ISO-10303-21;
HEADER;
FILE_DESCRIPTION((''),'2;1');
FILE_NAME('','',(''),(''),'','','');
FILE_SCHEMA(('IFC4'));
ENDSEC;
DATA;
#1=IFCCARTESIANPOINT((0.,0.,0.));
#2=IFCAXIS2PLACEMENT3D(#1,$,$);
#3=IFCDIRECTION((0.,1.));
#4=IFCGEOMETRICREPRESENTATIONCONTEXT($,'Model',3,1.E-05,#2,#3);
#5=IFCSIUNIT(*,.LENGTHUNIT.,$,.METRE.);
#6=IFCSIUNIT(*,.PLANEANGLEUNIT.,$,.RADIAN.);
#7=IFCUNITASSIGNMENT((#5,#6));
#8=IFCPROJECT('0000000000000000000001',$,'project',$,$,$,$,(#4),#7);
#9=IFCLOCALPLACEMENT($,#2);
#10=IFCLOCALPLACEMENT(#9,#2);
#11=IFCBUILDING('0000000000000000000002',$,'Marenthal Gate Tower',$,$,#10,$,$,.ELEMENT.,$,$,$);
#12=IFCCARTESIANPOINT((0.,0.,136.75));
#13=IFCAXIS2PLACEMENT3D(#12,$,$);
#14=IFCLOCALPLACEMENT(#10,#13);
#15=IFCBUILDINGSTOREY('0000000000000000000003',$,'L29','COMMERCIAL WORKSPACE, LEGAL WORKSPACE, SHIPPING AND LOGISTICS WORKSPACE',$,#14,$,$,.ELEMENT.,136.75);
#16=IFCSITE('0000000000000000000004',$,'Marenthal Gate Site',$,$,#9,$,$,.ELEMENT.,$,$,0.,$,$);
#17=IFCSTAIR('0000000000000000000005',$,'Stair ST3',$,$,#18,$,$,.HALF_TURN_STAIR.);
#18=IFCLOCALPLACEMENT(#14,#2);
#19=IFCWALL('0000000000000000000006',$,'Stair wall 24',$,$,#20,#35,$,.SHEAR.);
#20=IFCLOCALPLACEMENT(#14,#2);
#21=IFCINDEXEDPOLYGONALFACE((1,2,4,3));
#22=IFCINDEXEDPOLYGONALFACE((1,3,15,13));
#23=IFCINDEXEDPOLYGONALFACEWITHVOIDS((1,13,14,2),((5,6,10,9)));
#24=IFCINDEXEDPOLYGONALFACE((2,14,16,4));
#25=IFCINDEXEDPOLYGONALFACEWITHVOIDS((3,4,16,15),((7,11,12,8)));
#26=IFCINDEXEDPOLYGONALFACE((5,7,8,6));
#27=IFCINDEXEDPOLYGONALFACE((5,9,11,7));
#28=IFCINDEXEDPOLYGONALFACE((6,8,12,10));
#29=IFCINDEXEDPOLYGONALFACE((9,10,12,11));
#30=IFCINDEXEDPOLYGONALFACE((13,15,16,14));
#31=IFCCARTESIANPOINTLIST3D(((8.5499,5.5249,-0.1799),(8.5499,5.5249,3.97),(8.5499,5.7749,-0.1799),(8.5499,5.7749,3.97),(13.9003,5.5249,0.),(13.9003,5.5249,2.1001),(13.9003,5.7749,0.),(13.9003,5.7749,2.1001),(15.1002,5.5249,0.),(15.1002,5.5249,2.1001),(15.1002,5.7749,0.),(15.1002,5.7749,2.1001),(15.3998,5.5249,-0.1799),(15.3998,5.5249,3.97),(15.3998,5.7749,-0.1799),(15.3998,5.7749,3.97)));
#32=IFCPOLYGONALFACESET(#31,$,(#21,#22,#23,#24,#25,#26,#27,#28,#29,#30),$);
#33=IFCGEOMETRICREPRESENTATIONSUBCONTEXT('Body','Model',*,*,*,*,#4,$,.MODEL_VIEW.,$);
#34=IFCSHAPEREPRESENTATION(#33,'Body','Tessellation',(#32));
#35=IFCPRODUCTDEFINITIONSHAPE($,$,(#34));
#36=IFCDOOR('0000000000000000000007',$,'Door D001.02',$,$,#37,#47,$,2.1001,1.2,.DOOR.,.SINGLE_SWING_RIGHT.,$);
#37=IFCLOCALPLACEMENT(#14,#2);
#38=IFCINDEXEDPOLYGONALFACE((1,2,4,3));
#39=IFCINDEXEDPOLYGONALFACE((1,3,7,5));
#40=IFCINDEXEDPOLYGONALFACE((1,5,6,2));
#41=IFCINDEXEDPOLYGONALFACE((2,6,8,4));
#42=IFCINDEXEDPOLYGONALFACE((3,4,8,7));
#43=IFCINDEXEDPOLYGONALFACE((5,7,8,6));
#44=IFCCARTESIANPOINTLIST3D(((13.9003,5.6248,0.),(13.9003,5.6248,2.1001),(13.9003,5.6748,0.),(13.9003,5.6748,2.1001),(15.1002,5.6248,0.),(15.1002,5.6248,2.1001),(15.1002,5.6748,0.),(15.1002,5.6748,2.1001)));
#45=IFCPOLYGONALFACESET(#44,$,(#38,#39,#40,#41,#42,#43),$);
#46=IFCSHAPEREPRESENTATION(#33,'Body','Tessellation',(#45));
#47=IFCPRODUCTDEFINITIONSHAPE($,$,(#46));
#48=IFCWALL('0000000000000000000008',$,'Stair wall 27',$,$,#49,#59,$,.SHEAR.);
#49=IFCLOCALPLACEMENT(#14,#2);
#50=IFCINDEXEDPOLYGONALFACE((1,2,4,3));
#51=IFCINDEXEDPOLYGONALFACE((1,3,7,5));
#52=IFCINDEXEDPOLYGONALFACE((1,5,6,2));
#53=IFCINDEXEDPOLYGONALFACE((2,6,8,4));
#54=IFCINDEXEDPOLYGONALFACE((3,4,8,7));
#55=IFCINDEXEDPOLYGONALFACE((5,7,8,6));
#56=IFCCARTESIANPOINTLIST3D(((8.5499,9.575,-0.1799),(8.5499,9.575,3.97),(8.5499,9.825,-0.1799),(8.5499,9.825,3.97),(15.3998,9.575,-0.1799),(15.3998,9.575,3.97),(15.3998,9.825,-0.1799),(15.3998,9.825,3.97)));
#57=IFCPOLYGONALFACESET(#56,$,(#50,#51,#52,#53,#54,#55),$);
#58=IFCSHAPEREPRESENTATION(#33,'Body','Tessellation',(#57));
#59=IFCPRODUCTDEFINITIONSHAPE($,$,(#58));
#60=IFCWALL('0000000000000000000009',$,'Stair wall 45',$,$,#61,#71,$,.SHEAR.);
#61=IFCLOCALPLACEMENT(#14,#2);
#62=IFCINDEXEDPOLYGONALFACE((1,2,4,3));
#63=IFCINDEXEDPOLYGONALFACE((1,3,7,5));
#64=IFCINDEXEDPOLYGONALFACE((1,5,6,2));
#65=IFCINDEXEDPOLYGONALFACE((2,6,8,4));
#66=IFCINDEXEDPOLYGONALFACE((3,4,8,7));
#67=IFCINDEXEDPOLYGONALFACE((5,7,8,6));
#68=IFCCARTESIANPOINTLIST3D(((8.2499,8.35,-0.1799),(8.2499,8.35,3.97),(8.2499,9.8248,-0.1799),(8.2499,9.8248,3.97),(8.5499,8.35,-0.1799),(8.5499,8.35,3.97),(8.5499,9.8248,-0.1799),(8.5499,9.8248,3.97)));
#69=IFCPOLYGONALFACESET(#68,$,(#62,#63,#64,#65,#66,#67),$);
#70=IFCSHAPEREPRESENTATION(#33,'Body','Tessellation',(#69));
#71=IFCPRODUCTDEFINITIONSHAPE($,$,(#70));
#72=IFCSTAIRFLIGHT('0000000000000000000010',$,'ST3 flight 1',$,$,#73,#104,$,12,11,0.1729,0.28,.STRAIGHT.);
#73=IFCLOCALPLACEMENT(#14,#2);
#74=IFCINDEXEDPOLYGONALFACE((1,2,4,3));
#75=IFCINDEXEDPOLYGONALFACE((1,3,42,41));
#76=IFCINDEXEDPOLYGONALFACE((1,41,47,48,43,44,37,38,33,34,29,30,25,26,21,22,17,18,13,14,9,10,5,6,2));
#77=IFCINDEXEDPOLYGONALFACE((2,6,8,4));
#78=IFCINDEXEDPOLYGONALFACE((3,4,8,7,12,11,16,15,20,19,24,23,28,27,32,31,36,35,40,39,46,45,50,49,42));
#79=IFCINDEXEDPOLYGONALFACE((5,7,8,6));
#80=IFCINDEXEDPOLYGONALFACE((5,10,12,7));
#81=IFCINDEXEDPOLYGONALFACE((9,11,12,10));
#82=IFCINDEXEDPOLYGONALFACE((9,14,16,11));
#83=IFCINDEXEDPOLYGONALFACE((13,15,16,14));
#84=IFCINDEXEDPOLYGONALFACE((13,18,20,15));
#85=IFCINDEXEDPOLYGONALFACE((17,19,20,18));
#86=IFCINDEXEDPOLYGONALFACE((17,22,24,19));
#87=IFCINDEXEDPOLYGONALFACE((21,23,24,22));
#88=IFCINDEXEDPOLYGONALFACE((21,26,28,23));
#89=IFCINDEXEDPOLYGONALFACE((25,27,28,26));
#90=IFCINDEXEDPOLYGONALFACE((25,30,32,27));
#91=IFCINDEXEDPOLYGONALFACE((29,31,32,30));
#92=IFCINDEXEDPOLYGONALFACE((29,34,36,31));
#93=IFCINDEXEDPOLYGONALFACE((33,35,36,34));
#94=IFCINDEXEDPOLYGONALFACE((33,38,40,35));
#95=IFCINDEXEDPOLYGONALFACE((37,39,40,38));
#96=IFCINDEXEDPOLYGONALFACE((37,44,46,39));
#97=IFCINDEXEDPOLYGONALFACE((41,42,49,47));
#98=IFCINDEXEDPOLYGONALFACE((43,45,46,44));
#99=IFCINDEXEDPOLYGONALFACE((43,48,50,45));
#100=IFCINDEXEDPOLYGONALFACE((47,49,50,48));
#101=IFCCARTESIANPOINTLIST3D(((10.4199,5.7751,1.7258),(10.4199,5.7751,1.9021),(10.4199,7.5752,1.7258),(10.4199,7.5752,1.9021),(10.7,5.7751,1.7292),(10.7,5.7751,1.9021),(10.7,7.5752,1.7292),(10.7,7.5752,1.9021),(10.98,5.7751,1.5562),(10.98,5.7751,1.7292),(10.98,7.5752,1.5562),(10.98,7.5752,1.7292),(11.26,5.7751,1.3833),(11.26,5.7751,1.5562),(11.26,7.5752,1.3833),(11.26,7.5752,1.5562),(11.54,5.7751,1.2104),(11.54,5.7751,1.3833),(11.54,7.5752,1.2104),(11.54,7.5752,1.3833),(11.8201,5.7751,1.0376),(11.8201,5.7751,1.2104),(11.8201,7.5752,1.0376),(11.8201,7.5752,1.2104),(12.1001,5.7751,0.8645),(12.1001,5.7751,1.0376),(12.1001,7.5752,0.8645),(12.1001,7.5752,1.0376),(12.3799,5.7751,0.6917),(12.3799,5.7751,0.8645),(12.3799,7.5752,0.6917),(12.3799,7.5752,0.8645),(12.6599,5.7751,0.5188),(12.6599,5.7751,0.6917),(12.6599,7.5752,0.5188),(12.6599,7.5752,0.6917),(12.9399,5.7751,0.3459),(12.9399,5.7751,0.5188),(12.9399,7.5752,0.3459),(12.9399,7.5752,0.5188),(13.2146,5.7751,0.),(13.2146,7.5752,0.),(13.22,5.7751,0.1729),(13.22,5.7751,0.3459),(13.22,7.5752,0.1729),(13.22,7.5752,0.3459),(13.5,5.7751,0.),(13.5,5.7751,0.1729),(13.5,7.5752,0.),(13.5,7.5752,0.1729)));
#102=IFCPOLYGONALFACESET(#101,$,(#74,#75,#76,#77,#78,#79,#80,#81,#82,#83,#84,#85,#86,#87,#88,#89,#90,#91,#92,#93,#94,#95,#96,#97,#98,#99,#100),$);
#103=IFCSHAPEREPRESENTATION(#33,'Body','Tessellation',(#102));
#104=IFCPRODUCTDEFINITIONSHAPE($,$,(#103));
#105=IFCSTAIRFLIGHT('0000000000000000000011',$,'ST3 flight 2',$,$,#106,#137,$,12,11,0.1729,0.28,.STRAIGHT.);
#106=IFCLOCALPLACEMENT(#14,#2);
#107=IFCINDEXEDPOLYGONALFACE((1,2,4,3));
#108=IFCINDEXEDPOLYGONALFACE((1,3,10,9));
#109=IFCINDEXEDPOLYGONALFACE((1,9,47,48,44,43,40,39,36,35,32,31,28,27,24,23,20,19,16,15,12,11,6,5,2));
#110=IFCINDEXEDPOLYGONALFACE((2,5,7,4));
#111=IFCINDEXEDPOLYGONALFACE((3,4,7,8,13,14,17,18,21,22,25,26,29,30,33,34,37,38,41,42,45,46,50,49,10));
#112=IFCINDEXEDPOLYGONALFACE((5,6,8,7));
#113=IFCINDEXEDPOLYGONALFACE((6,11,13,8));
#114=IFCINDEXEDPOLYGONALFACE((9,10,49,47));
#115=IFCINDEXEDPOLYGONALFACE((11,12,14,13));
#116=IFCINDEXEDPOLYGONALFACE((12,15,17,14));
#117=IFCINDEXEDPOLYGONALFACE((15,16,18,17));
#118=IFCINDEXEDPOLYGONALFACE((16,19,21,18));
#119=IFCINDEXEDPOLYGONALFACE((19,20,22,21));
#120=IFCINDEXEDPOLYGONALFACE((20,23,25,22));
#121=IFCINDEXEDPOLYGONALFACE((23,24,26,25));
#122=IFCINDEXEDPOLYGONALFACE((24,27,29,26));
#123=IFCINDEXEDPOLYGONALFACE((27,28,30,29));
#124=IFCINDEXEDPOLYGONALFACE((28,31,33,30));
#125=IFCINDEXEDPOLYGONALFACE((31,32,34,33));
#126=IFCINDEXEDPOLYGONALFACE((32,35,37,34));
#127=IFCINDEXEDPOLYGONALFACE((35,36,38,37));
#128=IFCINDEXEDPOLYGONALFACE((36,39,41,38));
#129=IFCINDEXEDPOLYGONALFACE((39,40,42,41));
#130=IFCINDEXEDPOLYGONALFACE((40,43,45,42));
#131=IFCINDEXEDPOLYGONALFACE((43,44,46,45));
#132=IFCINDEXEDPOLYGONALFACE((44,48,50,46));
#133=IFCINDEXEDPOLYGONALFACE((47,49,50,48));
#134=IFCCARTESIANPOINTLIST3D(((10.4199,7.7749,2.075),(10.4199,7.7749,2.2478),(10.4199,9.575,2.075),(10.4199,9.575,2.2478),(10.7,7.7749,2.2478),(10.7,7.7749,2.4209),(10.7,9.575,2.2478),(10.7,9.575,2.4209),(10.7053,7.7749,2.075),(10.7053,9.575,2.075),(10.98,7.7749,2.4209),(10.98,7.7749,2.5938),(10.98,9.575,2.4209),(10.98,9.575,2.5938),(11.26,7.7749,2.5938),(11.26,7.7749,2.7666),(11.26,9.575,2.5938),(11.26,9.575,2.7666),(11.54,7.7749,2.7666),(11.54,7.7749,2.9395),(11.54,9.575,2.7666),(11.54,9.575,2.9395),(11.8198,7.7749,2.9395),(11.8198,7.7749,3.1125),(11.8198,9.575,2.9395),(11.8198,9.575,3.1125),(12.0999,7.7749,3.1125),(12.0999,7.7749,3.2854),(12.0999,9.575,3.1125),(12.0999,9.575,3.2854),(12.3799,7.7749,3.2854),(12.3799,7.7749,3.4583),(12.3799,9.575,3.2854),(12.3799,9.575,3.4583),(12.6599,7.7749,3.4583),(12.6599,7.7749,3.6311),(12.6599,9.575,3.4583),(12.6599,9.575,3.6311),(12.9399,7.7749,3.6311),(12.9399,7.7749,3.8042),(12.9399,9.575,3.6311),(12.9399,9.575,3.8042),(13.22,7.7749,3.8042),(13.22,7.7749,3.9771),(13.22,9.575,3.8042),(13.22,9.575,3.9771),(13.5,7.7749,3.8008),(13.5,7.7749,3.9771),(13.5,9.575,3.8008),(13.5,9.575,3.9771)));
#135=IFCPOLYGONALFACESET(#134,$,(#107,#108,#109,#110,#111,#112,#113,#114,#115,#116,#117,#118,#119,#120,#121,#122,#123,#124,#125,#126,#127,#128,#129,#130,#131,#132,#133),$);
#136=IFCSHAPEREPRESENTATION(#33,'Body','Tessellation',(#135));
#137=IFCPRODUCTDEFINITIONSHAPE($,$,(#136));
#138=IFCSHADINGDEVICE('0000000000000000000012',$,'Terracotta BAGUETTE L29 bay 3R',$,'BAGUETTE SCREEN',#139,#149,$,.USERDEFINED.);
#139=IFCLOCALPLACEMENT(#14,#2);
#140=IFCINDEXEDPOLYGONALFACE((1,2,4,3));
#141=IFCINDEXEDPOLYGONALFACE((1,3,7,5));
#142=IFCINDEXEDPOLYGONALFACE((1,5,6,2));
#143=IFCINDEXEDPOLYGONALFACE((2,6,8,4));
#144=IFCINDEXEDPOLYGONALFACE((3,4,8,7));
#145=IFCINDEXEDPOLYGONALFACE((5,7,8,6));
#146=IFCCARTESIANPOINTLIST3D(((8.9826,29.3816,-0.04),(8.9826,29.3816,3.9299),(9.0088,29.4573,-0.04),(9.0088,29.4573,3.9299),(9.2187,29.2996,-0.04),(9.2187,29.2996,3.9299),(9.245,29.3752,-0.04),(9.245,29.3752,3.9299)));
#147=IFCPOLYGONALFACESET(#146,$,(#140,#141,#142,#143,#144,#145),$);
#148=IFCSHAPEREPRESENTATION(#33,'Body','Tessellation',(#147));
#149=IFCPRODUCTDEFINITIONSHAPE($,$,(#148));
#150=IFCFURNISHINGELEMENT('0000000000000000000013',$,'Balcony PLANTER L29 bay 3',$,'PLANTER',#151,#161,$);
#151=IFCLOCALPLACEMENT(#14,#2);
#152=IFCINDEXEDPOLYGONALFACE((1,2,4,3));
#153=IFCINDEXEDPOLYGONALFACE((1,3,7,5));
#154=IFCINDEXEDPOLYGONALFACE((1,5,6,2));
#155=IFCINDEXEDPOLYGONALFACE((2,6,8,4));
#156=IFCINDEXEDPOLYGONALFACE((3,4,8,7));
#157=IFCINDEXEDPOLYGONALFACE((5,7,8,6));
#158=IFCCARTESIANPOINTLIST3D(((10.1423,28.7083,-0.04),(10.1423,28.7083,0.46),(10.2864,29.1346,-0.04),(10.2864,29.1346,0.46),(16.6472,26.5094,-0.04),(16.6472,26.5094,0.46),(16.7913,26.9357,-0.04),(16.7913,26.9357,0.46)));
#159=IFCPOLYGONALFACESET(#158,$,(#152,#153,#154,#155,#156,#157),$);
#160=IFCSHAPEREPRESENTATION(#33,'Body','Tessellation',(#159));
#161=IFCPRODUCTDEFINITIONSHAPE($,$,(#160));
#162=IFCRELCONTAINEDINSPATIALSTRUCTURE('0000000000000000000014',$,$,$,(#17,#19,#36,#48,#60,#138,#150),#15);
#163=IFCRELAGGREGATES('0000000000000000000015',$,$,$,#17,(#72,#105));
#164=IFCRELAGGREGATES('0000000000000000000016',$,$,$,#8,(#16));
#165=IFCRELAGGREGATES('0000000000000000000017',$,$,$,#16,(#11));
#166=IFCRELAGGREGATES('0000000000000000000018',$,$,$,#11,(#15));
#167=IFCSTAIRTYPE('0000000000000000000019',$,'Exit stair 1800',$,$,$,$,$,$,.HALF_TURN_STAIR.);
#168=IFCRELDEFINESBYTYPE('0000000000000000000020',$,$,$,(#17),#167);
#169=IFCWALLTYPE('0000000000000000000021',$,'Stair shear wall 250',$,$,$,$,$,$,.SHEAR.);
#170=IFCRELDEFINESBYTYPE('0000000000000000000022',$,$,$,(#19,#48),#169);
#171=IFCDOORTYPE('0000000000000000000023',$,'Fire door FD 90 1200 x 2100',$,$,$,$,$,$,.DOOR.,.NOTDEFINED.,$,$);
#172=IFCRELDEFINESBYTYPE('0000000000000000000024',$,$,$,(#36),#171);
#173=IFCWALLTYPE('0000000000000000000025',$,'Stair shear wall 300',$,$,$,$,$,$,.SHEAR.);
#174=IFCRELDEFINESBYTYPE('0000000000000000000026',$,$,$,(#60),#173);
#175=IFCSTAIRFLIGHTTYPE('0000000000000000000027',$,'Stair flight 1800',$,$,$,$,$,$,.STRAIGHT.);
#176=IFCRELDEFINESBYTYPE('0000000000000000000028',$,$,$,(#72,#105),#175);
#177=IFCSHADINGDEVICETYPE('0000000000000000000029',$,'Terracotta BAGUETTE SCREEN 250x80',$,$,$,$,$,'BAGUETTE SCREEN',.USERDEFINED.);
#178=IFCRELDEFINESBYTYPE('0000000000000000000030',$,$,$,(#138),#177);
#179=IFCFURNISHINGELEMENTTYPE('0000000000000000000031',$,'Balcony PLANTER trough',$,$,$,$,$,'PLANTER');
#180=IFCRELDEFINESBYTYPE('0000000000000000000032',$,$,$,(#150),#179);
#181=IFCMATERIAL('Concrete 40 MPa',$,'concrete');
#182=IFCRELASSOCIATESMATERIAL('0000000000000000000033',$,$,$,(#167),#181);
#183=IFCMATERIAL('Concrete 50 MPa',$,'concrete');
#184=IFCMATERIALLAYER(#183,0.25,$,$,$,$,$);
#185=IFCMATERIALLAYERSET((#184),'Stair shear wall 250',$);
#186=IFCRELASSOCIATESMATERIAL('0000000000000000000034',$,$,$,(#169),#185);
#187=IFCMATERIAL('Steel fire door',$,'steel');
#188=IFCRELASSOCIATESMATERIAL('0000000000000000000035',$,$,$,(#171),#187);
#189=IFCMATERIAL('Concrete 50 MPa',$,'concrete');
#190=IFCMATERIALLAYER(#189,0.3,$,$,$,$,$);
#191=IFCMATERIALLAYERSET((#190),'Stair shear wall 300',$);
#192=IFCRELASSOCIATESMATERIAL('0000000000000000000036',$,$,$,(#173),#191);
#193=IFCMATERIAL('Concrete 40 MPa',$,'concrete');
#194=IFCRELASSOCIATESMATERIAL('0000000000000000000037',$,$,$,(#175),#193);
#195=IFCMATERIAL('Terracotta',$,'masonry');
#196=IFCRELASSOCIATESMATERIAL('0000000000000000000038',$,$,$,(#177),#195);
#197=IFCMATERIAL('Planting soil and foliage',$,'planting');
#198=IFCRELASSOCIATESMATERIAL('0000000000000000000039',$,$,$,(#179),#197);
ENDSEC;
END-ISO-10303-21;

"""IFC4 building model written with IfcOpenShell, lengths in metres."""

from ifc_helpers import new_model, si_unit, direction, frame, frame_2d, origin, origin_2d, place, context, subcontext, project, spatial, polyline, rectangle, outline, extrude, material, layer, layer_set, material_profile, profile_set, type_object, element, fill, aggregate, save


model = new_model("IFC4")

# Units and contexts
model_context = context("Model", 3, precision=1e-05, world=origin(), true_north=direction((0.0, 1.0)))
body_context = subcontext(model_context, "Body", "Model", "MODEL_VIEW")
ifc_project = project(units=[si_unit("LENGTHUNIT", "METRE"), si_unit("PLANEANGLEUNIT", "RADIAN")], contexts=[model_context])

# Site, building, storey
site_placement = place(None, origin())
site = spatial("IfcSite", under=ifc_project, at=site_placement, Name="Marenthal Gate Site", CompositionType="ELEMENT", RefElevation=0.0)
building_placement = place(site_placement, origin())
building = spatial("IfcBuilding", under=site, at=building_placement, Name="Marenthal Gate Tower", CompositionType="ELEMENT")
storey_placement = place(building_placement, frame((0.0, 0.0, 136.75)))
storey = spatial("IfcBuildingStorey", under=building, at=storey_placement, Name="L29", Description="COMMERCIAL WORKSPACE, LEGAL WORKSPACE, SHIPPING AND LOGISTICS WORKSPACE", CompositionType="ELEMENT", Elevation=136.75)

# Stair
ifc_material_1 = material(Name="Concrete 40 MPa", Category="concrete")
stair_type = type_object("IfcStairType", Name="Exit stair 1800", PredefinedType="HALF_TURN_STAIR", material=ifc_material_1)
stair_1_placement = place(storey_placement, origin())
stair_1 = element("IfcStair", 1, at=stair_1_placement, inside=storey, type_object=stair_type, Name="Stair ST3", PredefinedType="HALF_TURN_STAIR")

# Wall, opening, door
ifc_material_2 = material(Name="Concrete 50 MPa", Category="concrete")
ifc_layer_1 = layer(ifc_material_2, 0.25)
ifc_layer_set_1 = layer_set([ifc_layer_1], Name="Stair shear wall 250")
wall_type_1 = type_object("IfcWallType", Name="Stair shear wall 250", PredefinedType="SHEAR", material=ifc_layer_set_1)
wall_1_placement = place(storey_placement, frame((8.55, 5.6499, -0.1799), z_axis=(0.0, 0.0, 1.0), x_axis=(1.0, 0.0, 0.0)))
wall_1 = element("IfcWall", 2, at=wall_1_placement, inside=storey, type_object=wall_type_1, Name="Stair wall 24", PredefinedType="SHEAR", context=body_context, shape_type="SweptSolid", body=[
    extrude(rectangle(XDim=6.8499, YDim=0.25, at=frame_2d((3.4248, 0.0))), origin(), (0.0, 0.0, 1.0), 4.1499),
])
opening_1_placement = place(wall_1_placement, frame((5.3501, 0.0, 0.1799)))
opening_1 = element("IfcOpeningElement", 3, at=opening_1_placement, cuts=wall_1, PredefinedType="OPENING", context=body_context, shape_type="SweptSolid", body=[
    extrude(rectangle(XDim=1.2, YDim=2.1001, at=frame_2d((0.6001, 1.05))), frame((0.0, 0.135, 0.0), z_axis=(0.0, -1.0, 0.0), x_axis=(1.0, 0.0, 0.0)), (0.0, 0.0, 1.0), 0.27),
])
ifc_material_3 = material(Name="Steel fire door", Category="steel")
door_type_1 = type_object("IfcDoorType", Name="Fire door FD 90 1200 x 2100", OperationType="NOTDEFINED", PredefinedType="DOOR", material=ifc_material_3)
door_1_placement = place(opening_1_placement, origin())
door_1 = element("IfcDoor", 4, at=door_1_placement, inside=storey, type_object=door_type_1, Name="Door D001.02", OperationType="SINGLE_SWING_RIGHT", OverallHeight=2.1001, OverallWidth=1.2, PredefinedType="DOOR", context=body_context, shape_type="SweptSolid", body=[
    extrude(rectangle(XDim=1.2, YDim=2.1001, at=frame_2d((0.6001, 1.05))), frame((0.0, 0.0249, 0.0), z_axis=(0.0, -1.0, 0.0), x_axis=(1.0, 0.0, 0.0)), (0.0, 0.0, 1.0), 0.05),
])
fill(opening_1, door_1)

# Walls
wall_2_placement = place(storey_placement, frame((8.55, 9.7, -0.1799), z_axis=(0.0, 0.0, 1.0), x_axis=(1.0, 0.0, 0.0)))
element("IfcWall", 5, at=wall_2_placement, inside=storey, type_object=wall_type_1, Name="Stair wall 27", PredefinedType="SHEAR", context=body_context, shape_type="SweptSolid", body=[
    extrude(rectangle(XDim=6.8499, YDim=0.25, at=frame_2d((3.4248, 0.0))), origin(), (0.0, 0.0, 1.0), 4.1499),
])
ifc_material_4 = material(Name="Concrete 50 MPa", Category="concrete")
ifc_layer_2 = layer(ifc_material_4, 0.3)
ifc_layer_set_2 = layer_set([ifc_layer_2], Name="Stair shear wall 300")
wall_type_2 = type_object("IfcWallType", Name="Stair shear wall 300", PredefinedType="SHEAR", material=ifc_layer_set_2)
wall_3_placement = place(storey_placement, frame((8.3999, 8.3501, -0.1799), z_axis=(0.0, 0.0, 1.0), x_axis=(0.0, 1.0, 0.0)))
element("IfcWall", 6, at=wall_3_placement, inside=storey, type_object=wall_type_2, Name="Stair wall 45", PredefinedType="SHEAR", context=body_context, shape_type="SweptSolid", body=[
    extrude(rectangle(XDim=1.4749, YDim=0.3, at=frame_2d((0.7373, 0.0))), origin(), (0.0, 0.0, 1.0), 4.1499),
])

# Stair flights
ifc_material_5 = material(Name="Concrete 40 MPa", Category="concrete")
stair_flight_type = type_object("IfcStairFlightType", Name="Stair flight 1800", PredefinedType="STRAIGHT", material=ifc_material_5)
stair_flight_1_placement = place(storey_placement, frame((13.5, 6.675, 0.0), z_axis=(0.0, 0.0, 1.0), x_axis=(-1.0, 0.0, 0.0)))
stair_flight_1 = element("IfcStairFlight", 7, at=stair_flight_1_placement, type_object=stair_flight_type, Name="ST3 flight 1", NumberOfRisers=12, NumberOfTreads=11, PredefinedType="STRAIGHT", RiserHeight=0.1729, TreadLength=0.28, context=body_context, shape_type="SweptSolid", body=[
    extrude(outline(polyline([(0.0, 0.0), (0.0, 0.1729), (0.28, 0.1729), (0.28, 0.3459), (0.5601, 0.3459), (0.5601, 0.5188), (0.8401, 0.5188), (0.8401, 0.6917), (1.1201, 0.6917), (1.1201, 0.8645), (1.3999, 0.8645), (1.3999, 1.0376), (1.6799, 1.0376), (1.6799, 1.2104), (1.96, 1.2104), (1.96, 1.3833), (2.24, 1.3833), (2.24, 1.5562), (2.52, 1.5562), (2.52, 1.7292), (2.8, 1.7292), (2.8, 1.9021), (3.0801, 1.9021), (3.0801, 2.075), (3.0801, 1.7258), (0.2854, 0.0), (0.0, 0.0)])), frame((0.0, 0.8999, 0.0), z_axis=(0.0, -1.0, 0.0), x_axis=(1.0, 0.0, 0.0)), (0.0, 0.0, 1.0), 1.8),
])
stair_flight_2_placement = place(storey_placement, frame((10.4199, 8.675, 2.075), z_axis=(0.0, 0.0, 1.0), x_axis=(1.0, 0.0, 0.0)))
stair_flight_2 = element("IfcStairFlight", 8, at=stair_flight_2_placement, type_object=stair_flight_type, Name="ST3 flight 2", NumberOfRisers=12, NumberOfTreads=11, PredefinedType="STRAIGHT", RiserHeight=0.1729, TreadLength=0.28, context=body_context, shape_type="SweptSolid", body=[
    extrude(outline(polyline([(0.0, 0.0), (0.0, 0.1729), (0.28, 0.1729), (0.28, 0.3459), (0.5601, 0.3459), (0.5601, 0.5188), (0.8401, 0.5188), (0.8401, 0.6917), (1.1201, 0.6917), (1.1201, 0.8645), (1.3999, 0.8645), (1.3999, 1.0376), (1.6799, 1.0376), (1.6799, 1.2104), (1.96, 1.2104), (1.96, 1.3833), (2.24, 1.3833), (2.24, 1.5562), (2.52, 1.5562), (2.52, 1.7292), (2.8, 1.7292), (2.8, 1.9021), (3.0801, 1.9021), (3.0801, 2.075), (3.0801, 1.7258), (0.2854, 0.0), (0.0, 0.0)])), frame((0.0, 0.8999, 0.0), z_axis=(0.0, -1.0, 0.0), x_axis=(1.0, 0.0, 0.0)), (0.0, 0.0, 1.0), 1.8),
])
aggregate(stair_1, [stair_flight_1, stair_flight_2])

# Shading device
ifc_material_6 = material(Name="Terracotta", Category="masonry")
ifc_material_profile_1 = material_profile(ifc_material_6, rectangle(XDim=0.25, YDim=0.0801, at=origin_2d()), Name="Terracotta baguette 250x80")
ifc_profile_set_1 = profile_set([ifc_material_profile_1], Name="Terracotta")
shading_device_type = type_object("IfcShadingDeviceType", Name="Terracotta BAGUETTE SCREEN 250x80", ElementType="BAGUETTE SCREEN", PredefinedType="USERDEFINED", material=ifc_profile_set_1)
shading_device_placement = place(storey_placement, frame((9.1138, 29.3784, -0.04), z_axis=(0.0, 0.0, 1.0), x_axis=(-0.944552, 0.328363, 0.0)))
element("IfcShadingDevice", 9, at=shading_device_placement, inside=storey, type_object=shading_device_type, Name="Terracotta BAGUETTE L29 bay 3R", ObjectType="BAGUETTE SCREEN", PredefinedType="USERDEFINED", context=body_context, shape_type="SweptSolid", body=[
    extrude(rectangle(XDim=0.25, YDim=0.0801, at=origin_2d()), origin(), (0.0, 0.0, 1.0), 3.97),
])

# Furnishing element
ifc_material_7 = material(Name="Planting soil and foliage", Category="planting")
furnishing_element_type = type_object("IfcFurnishingElementType", Name="Balcony PLANTER trough", ElementType="PLANTER", material=ifc_material_7)
furnishing_placement = place(storey_placement, frame((13.4668, 27.822, -0.04), z_axis=(0.0, 0.0, 1.0), x_axis=(-0.947338, 0.320236, 0.0)))
element("IfcFurnishingElement", 10, at=furnishing_placement, inside=storey, type_object=furnishing_element_type, Name="Balcony PLANTER L29 bay 3", ObjectType="PLANTER", context=body_context, shape_type="SweptSolid", body=[
    extrude(rectangle(XDim=6.8665, YDim=0.45, at=origin_2d()), origin(), (0.0, 0.0, 1.0), 0.5),
])

save(model, "model.ifc")
